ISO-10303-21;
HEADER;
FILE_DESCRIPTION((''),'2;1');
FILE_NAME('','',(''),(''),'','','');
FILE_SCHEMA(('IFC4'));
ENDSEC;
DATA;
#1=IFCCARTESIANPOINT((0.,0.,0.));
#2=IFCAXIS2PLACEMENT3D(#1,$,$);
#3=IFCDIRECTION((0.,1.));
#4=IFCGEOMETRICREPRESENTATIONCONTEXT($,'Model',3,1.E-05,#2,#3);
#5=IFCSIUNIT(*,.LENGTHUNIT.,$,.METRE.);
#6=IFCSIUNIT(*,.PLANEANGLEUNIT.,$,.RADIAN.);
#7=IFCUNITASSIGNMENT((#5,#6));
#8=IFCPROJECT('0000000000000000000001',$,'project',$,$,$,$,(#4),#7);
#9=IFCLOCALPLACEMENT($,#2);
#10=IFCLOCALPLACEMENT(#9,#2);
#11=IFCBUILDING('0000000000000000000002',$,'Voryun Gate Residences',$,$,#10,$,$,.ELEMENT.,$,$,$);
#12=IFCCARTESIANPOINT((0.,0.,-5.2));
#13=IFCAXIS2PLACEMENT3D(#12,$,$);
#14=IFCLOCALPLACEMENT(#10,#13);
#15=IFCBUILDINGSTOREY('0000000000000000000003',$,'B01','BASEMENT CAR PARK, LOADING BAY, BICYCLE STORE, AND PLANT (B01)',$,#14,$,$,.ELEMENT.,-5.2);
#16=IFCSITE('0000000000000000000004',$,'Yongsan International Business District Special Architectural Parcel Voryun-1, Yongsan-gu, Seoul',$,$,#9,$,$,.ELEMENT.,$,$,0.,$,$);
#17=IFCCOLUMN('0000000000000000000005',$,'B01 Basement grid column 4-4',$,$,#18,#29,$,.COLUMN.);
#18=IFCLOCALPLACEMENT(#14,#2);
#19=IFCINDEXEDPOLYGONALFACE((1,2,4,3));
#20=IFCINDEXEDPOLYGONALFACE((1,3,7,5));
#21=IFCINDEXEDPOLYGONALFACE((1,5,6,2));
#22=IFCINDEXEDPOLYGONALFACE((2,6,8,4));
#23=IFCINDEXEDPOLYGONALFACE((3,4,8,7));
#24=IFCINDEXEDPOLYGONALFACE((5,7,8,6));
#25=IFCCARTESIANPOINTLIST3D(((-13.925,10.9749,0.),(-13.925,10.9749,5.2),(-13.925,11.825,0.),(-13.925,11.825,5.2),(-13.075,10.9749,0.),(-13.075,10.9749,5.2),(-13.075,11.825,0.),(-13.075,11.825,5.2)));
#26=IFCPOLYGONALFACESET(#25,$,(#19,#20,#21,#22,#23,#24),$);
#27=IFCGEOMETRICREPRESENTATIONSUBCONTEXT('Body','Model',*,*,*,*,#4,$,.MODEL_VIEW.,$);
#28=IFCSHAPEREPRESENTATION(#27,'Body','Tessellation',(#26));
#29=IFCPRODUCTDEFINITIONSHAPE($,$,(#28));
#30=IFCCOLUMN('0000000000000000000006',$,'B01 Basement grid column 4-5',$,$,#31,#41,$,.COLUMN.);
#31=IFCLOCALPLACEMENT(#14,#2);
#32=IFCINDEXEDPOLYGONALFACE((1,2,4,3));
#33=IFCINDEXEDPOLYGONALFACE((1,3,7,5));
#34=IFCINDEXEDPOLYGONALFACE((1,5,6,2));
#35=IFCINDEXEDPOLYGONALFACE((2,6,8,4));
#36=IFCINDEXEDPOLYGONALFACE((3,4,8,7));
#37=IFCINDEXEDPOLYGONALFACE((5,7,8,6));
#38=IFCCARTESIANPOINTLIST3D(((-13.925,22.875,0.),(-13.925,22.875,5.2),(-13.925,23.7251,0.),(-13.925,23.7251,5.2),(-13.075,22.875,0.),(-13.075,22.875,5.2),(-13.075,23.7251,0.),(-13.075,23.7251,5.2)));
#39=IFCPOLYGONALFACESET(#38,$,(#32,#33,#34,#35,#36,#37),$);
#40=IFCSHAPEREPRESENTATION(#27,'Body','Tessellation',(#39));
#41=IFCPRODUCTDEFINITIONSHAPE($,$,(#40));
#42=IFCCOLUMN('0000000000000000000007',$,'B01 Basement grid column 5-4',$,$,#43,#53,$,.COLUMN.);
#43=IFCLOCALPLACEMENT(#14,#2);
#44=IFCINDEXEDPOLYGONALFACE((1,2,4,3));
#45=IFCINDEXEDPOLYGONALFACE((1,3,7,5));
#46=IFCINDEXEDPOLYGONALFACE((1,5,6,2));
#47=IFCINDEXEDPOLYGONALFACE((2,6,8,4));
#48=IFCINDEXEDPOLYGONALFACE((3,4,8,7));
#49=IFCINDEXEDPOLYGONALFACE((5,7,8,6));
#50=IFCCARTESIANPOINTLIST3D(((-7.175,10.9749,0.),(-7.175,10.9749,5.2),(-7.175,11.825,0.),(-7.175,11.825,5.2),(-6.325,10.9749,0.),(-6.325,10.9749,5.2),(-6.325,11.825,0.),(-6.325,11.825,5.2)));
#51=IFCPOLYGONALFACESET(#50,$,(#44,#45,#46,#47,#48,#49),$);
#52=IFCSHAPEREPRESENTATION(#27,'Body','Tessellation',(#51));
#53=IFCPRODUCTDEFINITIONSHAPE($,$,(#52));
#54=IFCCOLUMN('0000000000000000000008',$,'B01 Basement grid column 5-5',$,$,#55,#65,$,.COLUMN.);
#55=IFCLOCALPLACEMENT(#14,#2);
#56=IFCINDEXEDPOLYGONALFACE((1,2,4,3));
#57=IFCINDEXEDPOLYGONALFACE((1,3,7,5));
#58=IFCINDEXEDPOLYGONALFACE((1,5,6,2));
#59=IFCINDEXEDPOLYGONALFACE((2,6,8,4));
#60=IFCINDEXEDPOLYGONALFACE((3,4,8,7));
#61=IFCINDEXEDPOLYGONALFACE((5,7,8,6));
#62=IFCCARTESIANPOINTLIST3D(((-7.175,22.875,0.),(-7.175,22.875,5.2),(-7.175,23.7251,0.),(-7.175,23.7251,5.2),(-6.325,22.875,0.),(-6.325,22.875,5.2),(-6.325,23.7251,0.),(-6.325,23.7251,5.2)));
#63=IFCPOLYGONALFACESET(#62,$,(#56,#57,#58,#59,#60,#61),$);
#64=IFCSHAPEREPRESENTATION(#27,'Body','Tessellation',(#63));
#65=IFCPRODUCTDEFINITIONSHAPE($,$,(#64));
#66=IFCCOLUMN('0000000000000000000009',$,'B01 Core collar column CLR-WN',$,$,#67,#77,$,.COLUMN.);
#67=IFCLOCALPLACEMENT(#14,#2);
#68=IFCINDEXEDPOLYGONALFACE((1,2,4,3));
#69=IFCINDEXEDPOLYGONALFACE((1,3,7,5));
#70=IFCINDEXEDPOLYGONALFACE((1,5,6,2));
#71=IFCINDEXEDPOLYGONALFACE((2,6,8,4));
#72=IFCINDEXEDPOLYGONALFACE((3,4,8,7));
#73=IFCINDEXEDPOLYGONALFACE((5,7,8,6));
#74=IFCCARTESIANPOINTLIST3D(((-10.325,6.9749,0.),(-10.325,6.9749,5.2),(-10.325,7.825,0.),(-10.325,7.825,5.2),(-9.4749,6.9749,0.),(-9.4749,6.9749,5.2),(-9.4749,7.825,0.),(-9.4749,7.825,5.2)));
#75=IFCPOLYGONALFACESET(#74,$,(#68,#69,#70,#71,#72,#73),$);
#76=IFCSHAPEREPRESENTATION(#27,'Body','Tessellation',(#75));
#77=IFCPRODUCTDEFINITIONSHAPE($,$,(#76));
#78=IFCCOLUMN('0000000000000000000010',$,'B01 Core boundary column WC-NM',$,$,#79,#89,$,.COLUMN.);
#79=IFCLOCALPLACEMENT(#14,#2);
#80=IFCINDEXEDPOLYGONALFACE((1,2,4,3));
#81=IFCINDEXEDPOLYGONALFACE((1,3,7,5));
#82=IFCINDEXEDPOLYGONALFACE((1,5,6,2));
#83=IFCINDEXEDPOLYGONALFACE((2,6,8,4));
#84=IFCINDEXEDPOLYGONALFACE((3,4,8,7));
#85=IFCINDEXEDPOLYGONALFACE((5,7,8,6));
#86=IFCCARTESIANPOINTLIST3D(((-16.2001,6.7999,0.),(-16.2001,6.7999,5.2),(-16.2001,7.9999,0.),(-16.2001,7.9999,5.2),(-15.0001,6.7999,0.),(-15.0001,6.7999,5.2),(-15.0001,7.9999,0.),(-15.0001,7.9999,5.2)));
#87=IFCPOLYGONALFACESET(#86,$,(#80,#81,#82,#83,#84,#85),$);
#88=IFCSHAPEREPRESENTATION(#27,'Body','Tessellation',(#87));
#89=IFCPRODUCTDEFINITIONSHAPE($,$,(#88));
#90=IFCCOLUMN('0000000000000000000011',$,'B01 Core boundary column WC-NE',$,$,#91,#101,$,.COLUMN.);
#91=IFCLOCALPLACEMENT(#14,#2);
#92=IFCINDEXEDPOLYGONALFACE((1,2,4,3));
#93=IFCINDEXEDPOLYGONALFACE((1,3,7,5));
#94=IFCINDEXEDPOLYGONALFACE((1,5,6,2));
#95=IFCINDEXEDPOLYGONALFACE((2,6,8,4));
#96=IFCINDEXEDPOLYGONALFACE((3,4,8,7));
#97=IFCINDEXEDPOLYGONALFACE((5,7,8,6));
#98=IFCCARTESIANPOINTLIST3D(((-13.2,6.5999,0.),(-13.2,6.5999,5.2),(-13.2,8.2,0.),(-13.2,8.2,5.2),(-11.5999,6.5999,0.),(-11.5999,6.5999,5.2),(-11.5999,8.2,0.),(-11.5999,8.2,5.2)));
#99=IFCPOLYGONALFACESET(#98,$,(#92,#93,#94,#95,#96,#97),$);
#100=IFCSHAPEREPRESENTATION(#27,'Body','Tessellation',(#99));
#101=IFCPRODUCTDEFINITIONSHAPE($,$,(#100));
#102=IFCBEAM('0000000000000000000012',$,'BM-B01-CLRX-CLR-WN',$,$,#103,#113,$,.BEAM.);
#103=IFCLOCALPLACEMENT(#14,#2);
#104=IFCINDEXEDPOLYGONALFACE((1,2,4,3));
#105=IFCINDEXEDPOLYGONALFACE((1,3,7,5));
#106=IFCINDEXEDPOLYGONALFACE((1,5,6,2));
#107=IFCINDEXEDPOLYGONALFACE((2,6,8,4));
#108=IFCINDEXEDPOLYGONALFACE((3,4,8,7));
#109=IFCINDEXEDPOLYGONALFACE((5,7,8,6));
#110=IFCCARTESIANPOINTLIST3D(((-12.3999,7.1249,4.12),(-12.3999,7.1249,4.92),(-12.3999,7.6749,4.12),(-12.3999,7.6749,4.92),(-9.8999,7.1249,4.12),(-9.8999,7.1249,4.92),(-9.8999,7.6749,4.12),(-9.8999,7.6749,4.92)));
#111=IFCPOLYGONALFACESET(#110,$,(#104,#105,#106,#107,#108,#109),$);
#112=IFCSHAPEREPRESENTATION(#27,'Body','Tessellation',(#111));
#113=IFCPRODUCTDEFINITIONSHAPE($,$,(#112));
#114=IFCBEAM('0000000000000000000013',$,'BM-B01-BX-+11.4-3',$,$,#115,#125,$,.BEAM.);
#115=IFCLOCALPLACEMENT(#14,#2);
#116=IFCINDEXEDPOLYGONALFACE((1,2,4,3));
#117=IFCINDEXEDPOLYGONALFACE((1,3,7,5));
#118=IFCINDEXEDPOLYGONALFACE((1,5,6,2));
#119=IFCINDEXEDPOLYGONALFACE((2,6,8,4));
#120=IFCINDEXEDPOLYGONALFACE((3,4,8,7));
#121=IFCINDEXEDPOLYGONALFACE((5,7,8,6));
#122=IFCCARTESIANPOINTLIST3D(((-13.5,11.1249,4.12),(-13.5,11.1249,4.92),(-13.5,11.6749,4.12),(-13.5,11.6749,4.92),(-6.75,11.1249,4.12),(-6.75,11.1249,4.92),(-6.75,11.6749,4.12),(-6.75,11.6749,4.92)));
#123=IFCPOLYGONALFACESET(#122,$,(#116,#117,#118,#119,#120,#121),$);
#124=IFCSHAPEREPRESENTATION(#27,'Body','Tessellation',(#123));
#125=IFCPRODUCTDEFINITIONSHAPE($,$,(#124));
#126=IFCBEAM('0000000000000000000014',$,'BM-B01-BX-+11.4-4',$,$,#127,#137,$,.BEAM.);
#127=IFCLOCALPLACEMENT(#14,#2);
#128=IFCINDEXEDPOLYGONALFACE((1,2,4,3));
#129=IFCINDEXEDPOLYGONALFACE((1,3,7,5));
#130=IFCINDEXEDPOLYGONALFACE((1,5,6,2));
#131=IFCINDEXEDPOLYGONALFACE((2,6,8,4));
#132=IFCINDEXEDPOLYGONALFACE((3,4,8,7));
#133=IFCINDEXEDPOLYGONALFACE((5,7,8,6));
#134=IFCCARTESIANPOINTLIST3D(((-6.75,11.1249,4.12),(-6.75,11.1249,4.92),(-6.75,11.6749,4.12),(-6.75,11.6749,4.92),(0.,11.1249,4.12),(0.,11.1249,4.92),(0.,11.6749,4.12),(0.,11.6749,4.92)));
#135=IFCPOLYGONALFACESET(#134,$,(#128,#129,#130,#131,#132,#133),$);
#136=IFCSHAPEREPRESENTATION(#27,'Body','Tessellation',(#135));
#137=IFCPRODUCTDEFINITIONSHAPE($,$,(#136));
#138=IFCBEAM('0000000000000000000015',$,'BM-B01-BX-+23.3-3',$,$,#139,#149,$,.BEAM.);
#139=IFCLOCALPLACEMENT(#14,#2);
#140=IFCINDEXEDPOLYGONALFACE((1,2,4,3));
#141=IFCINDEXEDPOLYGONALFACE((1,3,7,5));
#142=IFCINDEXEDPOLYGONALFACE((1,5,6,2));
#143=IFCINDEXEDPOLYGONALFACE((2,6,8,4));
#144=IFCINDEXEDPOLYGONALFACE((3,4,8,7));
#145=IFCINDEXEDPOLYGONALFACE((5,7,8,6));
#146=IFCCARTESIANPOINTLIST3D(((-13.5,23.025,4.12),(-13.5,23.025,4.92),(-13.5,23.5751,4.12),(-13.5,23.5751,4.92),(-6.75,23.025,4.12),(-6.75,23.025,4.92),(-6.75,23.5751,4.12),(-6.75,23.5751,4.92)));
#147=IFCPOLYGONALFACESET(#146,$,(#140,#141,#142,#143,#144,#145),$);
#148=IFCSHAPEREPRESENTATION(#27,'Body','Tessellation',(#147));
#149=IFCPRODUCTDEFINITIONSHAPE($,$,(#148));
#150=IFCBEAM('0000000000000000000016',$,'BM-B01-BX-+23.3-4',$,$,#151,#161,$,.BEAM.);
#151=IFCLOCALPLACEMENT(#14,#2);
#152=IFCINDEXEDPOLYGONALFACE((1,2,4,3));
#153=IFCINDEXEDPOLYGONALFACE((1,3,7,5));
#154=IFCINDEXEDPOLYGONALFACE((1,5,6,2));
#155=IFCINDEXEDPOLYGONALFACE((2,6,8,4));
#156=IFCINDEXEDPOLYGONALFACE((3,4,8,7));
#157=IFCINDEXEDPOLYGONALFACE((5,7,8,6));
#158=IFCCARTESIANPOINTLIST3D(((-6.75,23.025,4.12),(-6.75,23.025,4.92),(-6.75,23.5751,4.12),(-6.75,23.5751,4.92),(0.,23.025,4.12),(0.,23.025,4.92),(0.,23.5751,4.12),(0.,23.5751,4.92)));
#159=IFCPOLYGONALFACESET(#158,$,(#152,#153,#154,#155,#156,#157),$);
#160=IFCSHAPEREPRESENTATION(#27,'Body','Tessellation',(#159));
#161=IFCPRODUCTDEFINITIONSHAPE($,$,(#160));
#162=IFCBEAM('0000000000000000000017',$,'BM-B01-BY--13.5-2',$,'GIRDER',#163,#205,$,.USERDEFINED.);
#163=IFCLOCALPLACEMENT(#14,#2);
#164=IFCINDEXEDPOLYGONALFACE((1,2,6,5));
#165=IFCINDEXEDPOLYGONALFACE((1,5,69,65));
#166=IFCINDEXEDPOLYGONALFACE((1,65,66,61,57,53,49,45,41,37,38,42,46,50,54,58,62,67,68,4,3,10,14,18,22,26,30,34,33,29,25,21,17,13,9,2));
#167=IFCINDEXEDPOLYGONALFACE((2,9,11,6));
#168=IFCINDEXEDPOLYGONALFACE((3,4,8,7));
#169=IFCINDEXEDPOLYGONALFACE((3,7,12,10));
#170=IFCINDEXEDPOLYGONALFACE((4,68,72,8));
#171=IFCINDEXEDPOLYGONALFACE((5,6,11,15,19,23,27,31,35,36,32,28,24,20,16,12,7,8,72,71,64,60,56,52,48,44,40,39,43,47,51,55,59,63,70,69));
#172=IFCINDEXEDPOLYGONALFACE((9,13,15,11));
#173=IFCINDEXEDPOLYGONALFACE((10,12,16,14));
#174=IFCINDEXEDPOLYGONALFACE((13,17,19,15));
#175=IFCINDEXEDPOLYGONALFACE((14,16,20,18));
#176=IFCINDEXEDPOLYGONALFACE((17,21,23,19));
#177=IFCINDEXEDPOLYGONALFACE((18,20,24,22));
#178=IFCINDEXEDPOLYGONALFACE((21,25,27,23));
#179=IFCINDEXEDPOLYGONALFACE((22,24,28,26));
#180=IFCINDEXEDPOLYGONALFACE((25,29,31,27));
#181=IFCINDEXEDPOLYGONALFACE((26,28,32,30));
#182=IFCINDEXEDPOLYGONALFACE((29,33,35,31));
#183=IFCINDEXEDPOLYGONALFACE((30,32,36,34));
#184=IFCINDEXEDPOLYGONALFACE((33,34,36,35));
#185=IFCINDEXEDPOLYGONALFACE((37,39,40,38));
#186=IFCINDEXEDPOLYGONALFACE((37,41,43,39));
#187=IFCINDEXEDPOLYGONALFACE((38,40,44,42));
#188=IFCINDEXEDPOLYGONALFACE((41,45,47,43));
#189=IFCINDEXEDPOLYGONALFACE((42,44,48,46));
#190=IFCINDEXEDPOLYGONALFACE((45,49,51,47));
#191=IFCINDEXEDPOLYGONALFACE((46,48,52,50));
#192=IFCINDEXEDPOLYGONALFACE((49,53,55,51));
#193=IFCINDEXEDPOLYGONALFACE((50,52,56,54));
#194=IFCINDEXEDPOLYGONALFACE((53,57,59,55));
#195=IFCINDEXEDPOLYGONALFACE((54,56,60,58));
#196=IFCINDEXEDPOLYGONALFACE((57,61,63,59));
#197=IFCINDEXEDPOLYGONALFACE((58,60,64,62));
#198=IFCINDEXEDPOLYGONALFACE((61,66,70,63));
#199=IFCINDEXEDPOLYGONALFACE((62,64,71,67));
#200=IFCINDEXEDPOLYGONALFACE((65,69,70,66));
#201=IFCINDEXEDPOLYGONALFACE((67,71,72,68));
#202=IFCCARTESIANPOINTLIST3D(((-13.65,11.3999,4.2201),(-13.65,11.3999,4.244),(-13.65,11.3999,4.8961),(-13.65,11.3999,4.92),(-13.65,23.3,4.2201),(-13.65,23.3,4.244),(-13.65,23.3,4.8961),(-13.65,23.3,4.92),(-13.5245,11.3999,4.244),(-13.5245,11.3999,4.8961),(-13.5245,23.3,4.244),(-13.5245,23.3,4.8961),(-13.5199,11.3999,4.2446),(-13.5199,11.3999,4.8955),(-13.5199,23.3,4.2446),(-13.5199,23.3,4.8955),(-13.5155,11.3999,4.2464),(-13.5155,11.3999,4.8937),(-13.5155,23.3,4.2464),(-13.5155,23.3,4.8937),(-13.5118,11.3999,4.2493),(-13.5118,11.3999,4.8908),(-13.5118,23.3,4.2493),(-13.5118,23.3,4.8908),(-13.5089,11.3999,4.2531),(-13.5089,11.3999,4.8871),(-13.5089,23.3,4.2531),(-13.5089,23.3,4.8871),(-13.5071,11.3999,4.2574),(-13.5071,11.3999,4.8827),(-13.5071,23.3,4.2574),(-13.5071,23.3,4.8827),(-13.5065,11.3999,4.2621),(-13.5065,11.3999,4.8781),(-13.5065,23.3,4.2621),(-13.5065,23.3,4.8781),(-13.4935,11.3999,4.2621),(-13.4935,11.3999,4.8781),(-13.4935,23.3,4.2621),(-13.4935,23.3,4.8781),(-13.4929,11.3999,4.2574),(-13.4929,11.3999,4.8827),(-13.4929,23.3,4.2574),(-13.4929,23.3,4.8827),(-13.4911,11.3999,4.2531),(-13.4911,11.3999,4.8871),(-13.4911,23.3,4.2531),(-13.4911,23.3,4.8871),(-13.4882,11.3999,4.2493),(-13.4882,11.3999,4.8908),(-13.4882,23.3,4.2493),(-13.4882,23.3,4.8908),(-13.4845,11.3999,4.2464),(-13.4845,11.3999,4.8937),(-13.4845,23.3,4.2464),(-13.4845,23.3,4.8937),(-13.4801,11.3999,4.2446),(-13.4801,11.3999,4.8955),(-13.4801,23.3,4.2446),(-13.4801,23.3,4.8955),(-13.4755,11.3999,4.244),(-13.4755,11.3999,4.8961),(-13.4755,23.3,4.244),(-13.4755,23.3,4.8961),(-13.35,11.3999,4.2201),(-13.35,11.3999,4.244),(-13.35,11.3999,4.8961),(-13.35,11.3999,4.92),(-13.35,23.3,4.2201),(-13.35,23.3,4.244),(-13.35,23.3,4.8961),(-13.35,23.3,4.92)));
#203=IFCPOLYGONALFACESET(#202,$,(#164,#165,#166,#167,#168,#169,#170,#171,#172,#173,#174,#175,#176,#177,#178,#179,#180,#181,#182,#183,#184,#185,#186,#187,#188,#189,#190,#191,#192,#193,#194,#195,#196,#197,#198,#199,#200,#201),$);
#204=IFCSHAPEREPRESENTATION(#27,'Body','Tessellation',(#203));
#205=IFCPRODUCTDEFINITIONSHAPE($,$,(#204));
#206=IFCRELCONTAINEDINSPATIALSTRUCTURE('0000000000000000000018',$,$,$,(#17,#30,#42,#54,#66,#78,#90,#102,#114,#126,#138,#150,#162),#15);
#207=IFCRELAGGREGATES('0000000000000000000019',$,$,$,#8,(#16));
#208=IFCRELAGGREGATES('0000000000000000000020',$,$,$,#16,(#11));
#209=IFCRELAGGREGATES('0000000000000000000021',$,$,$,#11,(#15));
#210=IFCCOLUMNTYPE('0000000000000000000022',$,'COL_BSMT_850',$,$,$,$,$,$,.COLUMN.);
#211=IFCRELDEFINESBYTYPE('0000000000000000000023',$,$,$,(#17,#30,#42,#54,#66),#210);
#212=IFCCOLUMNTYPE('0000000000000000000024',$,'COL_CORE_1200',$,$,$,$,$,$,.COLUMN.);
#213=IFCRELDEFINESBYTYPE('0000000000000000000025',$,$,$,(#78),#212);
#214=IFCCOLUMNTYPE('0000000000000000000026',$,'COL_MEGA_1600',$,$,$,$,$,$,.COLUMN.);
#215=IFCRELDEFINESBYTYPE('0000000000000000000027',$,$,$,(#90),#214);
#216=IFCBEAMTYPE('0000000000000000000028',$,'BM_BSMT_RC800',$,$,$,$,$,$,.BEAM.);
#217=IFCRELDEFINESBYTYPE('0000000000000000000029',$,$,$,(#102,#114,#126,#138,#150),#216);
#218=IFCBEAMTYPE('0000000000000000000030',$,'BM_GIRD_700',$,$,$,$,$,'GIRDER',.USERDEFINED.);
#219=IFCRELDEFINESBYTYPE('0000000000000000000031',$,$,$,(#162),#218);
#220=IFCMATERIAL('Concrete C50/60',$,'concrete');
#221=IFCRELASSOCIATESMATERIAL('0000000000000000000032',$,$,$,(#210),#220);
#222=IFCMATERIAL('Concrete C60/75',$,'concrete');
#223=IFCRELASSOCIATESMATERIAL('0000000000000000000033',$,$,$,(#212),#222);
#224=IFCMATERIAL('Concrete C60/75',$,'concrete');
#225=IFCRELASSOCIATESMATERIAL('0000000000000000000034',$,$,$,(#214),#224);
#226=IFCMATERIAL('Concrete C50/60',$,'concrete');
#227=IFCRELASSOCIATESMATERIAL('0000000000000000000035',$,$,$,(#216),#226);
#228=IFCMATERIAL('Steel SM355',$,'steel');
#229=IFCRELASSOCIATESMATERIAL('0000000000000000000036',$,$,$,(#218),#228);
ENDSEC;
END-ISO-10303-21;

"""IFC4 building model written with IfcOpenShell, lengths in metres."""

from ifc_helpers import new_model, si_unit, direction, frame, origin, origin_2d, place, context, subcontext, project, spatial, rectangle, i_section, extrude, material, material_profile, profile_set, type_object, element, save


model = new_model("IFC4")

# Units and contexts
model_context = context("Model", 3, precision=1e-05, world=origin(), true_north=direction((0.0, 1.0)))
body_context = subcontext(model_context, "Body", "Model", "MODEL_VIEW")
ifc_project = project(units=[si_unit("LENGTHUNIT", "METRE"), si_unit("PLANEANGLEUNIT", "RADIAN")], contexts=[model_context])

# Site, building, storey
site_placement = place(None, origin())
site = spatial("IfcSite", under=ifc_project, at=site_placement, Name="Yongsan International Business District Special Architectural Parcel Voryun-1, Yongsan-gu, Seoul", CompositionType="ELEMENT", RefElevation=0.0)
building_placement = place(site_placement, origin())
building = spatial("IfcBuilding", under=site, at=building_placement, Name="Voryun Gate Residences", CompositionType="ELEMENT")
storey_placement = place(building_placement, frame((0.0, 0.0, -5.2)))
storey = spatial("IfcBuildingStorey", under=building, at=storey_placement, Name="B01", Description="BASEMENT CAR PARK, LOADING BAY, BICYCLE STORE, AND PLANT (B01)", CompositionType="ELEMENT", Elevation=-5.2)

# Columns
ifc_material_1 = material(Name="Concrete C50/60", Category="concrete")
ifc_material_profile_1 = material_profile(ifc_material_1, rectangle(XDim=0.8501, YDim=0.8501, at=origin_2d()), Name="RC-850x850")
ifc_profile_set_1 = profile_set([ifc_material_profile_1], Name="Concrete C50/60")
column_type_1 = type_object("IfcColumnType", Name="COL_BSMT_850", PredefinedType="COLUMN", material=ifc_profile_set_1)
for number, where, z_axis, x_axis, name in (
    (1, (-13.5, 11.3999, 0.0), (0.0, 0.0, 1.0), (1.0, 0.0, 0.0), "B01 Basement grid column 4-4"),
    (2, (-13.5, 23.3, 0.0), (0.0, 0.0, 1.0), (1.0, 0.0, 0.0), "B01 Basement grid column 4-5"),
    (3, (-6.75, 11.3999, 0.0), (0.0, 0.0, 1.0), (1.0, 0.0, 0.0), "B01 Basement grid column 5-4"),
    (4, (-6.75, 23.3, 0.0), (0.0, 0.0, 1.0), (1.0, 0.0, 0.0), "B01 Basement grid column 5-5"),
    (5, (-9.8999, 7.3999, 0.0), (0.0, 0.0, 1.0), (1.0, 0.0, 0.0), "B01 Core collar column CLR-WN"),
):
    element("IfcColumn", number, at=place(storey_placement, frame(where, z_axis=z_axis, x_axis=x_axis)), inside=storey, type_object=column_type_1, Name=name, PredefinedType="COLUMN", context=body_context, shape_type="SweptSolid", body=[
        extrude(rectangle(XDim=0.8501, YDim=0.8501, at=origin_2d()), origin(), (0.0, 0.0, 1.0), 5.2),
    ])
ifc_material_2 = material(Name="Concrete C60/75", Category="concrete")
ifc_material_profile_2 = material_profile(ifc_material_2, rectangle(XDim=1.2, YDim=1.2, at=origin_2d()), Name="RC-1200x1200")
ifc_profile_set_2 = profile_set([ifc_material_profile_2], Name="Concrete C60/75")
column_type_2 = type_object("IfcColumnType", Name="COL_CORE_1200", PredefinedType="COLUMN", material=ifc_profile_set_2)
column_1_placement = place(storey_placement, frame((-15.6001, 7.3999, 0.0), z_axis=(0.0, 0.0, 1.0), x_axis=(1.0, 0.0, 0.0)))
element("IfcColumn", 6, at=column_1_placement, inside=storey, type_object=column_type_2, Name="B01 Core boundary column WC-NM", PredefinedType="COLUMN", context=body_context, shape_type="SweptSolid", body=[
    extrude(rectangle(XDim=1.2, YDim=1.2, at=origin_2d()), origin(), (0.0, 0.0, 1.0), 5.2),
])
ifc_material_3 = material(Name="Concrete C60/75", Category="concrete")
ifc_material_profile_3 = material_profile(ifc_material_3, rectangle(XDim=1.6001, YDim=1.6001, at=origin_2d()), Name="RC-1600x1600")
ifc_profile_set_3 = profile_set([ifc_material_profile_3], Name="Concrete C60/75")
column_type_3 = type_object("IfcColumnType", Name="COL_MEGA_1600", PredefinedType="COLUMN", material=ifc_profile_set_3)
column_2_placement = place(storey_placement, frame((-12.3999, 7.3999, 0.0), z_axis=(0.0, 0.0, 1.0), x_axis=(1.0, 0.0, 0.0)))
element("IfcColumn", 7, at=column_2_placement, inside=storey, type_object=column_type_3, Name="B01 Core boundary column WC-NE", PredefinedType="COLUMN", context=body_context, shape_type="SweptSolid", body=[
    extrude(rectangle(XDim=1.6001, YDim=1.6001, at=origin_2d()), origin(), (0.0, 0.0, 1.0), 5.2),
])

# Beams
ifc_material_4 = material(Name="Concrete C50/60", Category="concrete")
ifc_material_profile_4 = material_profile(ifc_material_4, rectangle(XDim=0.55, YDim=0.8, at=origin_2d()), Name="RC-550x800")
ifc_profile_set_4 = profile_set([ifc_material_profile_4], Name="Concrete C50/60")
beam_type_1 = type_object("IfcBeamType", Name="BM_BSMT_RC800", PredefinedType="BEAM", material=ifc_profile_set_4)
beam_placement = place(storey_placement, frame((-12.3999, 7.3999, 4.52), z_axis=(1.0, 0.0, 0.0), x_axis=(0.0, 1.0, 0.0)))
element("IfcBeam", 8, at=beam_placement, inside=storey, type_object=beam_type_1, Name="BM-B01-CLRX-CLR-WN", PredefinedType="BEAM", context=body_context, shape_type="SweptSolid", body=[
    extrude(rectangle(XDim=0.55, YDim=0.8, at=origin_2d()), origin(), (0.0, 0.0, 1.0), 2.5),
])
for number, where, z_axis, x_axis, name in (
    (9, (-13.5, 11.3999, 4.52), (1.0, 0.0, 0.0), (0.0, 1.0, 0.0), "BM-B01-BX-+11.4-3"),
    (10, (-6.75, 11.3999, 4.52), (1.0, 0.0, 0.0), (0.0, 1.0, 0.0), "BM-B01-BX-+11.4-4"),
    (11, (-13.5, 23.3, 4.52), (1.0, 0.0, 0.0), (0.0, 1.0, 0.0), "BM-B01-BX-+23.3-3"),
    (12, (-6.75, 23.3, 4.52), (1.0, 0.0, 0.0), (0.0, 1.0, 0.0), "BM-B01-BX-+23.3-4"),
):
    element("IfcBeam", number, at=place(storey_placement, frame(where, z_axis=z_axis, x_axis=x_axis)), inside=storey, type_object=beam_type_1, Name=name, PredefinedType="BEAM", context=body_context, shape_type="SweptSolid", body=[
        extrude(rectangle(XDim=0.55, YDim=0.8, at=origin_2d()), origin(), (0.0, 0.0, 1.0), 6.75),
    ])
ifc_material_5 = material(Name="Steel SM355", Category="steel")
ifc_material_profile_5 = material_profile(ifc_material_5, i_section(OverallWidth=0.3, OverallDepth=0.7, WebThickness=0.0129, FlangeThickness=0.0239, FilletRadius=0.0181, at=origin_2d()), Name="H-700x300x13x24")
ifc_profile_set_5 = profile_set([ifc_material_profile_5], Name="Steel SM355")
beam_type_2 = type_object("IfcBeamType", Name="BM_GIRD_700", ElementType="GIRDER", PredefinedType="USERDEFINED", material=ifc_profile_set_5)
for number, where, z_axis, x_axis, name in (
    (13, (-13.5, 11.3999, 4.5701), (0.0, 1.0, 0.0), (-1.0, 0.0, 0.0), "BM-B01-BY--13.5-2"),
):
    element("IfcBeam", number, at=place(storey_placement, frame(where, z_axis=z_axis, x_axis=x_axis)), inside=storey, type_object=beam_type_2, Name=name, ObjectType="GIRDER", PredefinedType="USERDEFINED", context=body_context, shape_type="SweptSolid", body=[
        extrude(i_section(OverallWidth=0.3, OverallDepth=0.7, WebThickness=0.0129, FlangeThickness=0.0239, FilletRadius=0.0181, at=origin_2d()), origin(), (0.0, 0.0, 1.0), 11.9001),
    ])

save(model, "model.ifc")
